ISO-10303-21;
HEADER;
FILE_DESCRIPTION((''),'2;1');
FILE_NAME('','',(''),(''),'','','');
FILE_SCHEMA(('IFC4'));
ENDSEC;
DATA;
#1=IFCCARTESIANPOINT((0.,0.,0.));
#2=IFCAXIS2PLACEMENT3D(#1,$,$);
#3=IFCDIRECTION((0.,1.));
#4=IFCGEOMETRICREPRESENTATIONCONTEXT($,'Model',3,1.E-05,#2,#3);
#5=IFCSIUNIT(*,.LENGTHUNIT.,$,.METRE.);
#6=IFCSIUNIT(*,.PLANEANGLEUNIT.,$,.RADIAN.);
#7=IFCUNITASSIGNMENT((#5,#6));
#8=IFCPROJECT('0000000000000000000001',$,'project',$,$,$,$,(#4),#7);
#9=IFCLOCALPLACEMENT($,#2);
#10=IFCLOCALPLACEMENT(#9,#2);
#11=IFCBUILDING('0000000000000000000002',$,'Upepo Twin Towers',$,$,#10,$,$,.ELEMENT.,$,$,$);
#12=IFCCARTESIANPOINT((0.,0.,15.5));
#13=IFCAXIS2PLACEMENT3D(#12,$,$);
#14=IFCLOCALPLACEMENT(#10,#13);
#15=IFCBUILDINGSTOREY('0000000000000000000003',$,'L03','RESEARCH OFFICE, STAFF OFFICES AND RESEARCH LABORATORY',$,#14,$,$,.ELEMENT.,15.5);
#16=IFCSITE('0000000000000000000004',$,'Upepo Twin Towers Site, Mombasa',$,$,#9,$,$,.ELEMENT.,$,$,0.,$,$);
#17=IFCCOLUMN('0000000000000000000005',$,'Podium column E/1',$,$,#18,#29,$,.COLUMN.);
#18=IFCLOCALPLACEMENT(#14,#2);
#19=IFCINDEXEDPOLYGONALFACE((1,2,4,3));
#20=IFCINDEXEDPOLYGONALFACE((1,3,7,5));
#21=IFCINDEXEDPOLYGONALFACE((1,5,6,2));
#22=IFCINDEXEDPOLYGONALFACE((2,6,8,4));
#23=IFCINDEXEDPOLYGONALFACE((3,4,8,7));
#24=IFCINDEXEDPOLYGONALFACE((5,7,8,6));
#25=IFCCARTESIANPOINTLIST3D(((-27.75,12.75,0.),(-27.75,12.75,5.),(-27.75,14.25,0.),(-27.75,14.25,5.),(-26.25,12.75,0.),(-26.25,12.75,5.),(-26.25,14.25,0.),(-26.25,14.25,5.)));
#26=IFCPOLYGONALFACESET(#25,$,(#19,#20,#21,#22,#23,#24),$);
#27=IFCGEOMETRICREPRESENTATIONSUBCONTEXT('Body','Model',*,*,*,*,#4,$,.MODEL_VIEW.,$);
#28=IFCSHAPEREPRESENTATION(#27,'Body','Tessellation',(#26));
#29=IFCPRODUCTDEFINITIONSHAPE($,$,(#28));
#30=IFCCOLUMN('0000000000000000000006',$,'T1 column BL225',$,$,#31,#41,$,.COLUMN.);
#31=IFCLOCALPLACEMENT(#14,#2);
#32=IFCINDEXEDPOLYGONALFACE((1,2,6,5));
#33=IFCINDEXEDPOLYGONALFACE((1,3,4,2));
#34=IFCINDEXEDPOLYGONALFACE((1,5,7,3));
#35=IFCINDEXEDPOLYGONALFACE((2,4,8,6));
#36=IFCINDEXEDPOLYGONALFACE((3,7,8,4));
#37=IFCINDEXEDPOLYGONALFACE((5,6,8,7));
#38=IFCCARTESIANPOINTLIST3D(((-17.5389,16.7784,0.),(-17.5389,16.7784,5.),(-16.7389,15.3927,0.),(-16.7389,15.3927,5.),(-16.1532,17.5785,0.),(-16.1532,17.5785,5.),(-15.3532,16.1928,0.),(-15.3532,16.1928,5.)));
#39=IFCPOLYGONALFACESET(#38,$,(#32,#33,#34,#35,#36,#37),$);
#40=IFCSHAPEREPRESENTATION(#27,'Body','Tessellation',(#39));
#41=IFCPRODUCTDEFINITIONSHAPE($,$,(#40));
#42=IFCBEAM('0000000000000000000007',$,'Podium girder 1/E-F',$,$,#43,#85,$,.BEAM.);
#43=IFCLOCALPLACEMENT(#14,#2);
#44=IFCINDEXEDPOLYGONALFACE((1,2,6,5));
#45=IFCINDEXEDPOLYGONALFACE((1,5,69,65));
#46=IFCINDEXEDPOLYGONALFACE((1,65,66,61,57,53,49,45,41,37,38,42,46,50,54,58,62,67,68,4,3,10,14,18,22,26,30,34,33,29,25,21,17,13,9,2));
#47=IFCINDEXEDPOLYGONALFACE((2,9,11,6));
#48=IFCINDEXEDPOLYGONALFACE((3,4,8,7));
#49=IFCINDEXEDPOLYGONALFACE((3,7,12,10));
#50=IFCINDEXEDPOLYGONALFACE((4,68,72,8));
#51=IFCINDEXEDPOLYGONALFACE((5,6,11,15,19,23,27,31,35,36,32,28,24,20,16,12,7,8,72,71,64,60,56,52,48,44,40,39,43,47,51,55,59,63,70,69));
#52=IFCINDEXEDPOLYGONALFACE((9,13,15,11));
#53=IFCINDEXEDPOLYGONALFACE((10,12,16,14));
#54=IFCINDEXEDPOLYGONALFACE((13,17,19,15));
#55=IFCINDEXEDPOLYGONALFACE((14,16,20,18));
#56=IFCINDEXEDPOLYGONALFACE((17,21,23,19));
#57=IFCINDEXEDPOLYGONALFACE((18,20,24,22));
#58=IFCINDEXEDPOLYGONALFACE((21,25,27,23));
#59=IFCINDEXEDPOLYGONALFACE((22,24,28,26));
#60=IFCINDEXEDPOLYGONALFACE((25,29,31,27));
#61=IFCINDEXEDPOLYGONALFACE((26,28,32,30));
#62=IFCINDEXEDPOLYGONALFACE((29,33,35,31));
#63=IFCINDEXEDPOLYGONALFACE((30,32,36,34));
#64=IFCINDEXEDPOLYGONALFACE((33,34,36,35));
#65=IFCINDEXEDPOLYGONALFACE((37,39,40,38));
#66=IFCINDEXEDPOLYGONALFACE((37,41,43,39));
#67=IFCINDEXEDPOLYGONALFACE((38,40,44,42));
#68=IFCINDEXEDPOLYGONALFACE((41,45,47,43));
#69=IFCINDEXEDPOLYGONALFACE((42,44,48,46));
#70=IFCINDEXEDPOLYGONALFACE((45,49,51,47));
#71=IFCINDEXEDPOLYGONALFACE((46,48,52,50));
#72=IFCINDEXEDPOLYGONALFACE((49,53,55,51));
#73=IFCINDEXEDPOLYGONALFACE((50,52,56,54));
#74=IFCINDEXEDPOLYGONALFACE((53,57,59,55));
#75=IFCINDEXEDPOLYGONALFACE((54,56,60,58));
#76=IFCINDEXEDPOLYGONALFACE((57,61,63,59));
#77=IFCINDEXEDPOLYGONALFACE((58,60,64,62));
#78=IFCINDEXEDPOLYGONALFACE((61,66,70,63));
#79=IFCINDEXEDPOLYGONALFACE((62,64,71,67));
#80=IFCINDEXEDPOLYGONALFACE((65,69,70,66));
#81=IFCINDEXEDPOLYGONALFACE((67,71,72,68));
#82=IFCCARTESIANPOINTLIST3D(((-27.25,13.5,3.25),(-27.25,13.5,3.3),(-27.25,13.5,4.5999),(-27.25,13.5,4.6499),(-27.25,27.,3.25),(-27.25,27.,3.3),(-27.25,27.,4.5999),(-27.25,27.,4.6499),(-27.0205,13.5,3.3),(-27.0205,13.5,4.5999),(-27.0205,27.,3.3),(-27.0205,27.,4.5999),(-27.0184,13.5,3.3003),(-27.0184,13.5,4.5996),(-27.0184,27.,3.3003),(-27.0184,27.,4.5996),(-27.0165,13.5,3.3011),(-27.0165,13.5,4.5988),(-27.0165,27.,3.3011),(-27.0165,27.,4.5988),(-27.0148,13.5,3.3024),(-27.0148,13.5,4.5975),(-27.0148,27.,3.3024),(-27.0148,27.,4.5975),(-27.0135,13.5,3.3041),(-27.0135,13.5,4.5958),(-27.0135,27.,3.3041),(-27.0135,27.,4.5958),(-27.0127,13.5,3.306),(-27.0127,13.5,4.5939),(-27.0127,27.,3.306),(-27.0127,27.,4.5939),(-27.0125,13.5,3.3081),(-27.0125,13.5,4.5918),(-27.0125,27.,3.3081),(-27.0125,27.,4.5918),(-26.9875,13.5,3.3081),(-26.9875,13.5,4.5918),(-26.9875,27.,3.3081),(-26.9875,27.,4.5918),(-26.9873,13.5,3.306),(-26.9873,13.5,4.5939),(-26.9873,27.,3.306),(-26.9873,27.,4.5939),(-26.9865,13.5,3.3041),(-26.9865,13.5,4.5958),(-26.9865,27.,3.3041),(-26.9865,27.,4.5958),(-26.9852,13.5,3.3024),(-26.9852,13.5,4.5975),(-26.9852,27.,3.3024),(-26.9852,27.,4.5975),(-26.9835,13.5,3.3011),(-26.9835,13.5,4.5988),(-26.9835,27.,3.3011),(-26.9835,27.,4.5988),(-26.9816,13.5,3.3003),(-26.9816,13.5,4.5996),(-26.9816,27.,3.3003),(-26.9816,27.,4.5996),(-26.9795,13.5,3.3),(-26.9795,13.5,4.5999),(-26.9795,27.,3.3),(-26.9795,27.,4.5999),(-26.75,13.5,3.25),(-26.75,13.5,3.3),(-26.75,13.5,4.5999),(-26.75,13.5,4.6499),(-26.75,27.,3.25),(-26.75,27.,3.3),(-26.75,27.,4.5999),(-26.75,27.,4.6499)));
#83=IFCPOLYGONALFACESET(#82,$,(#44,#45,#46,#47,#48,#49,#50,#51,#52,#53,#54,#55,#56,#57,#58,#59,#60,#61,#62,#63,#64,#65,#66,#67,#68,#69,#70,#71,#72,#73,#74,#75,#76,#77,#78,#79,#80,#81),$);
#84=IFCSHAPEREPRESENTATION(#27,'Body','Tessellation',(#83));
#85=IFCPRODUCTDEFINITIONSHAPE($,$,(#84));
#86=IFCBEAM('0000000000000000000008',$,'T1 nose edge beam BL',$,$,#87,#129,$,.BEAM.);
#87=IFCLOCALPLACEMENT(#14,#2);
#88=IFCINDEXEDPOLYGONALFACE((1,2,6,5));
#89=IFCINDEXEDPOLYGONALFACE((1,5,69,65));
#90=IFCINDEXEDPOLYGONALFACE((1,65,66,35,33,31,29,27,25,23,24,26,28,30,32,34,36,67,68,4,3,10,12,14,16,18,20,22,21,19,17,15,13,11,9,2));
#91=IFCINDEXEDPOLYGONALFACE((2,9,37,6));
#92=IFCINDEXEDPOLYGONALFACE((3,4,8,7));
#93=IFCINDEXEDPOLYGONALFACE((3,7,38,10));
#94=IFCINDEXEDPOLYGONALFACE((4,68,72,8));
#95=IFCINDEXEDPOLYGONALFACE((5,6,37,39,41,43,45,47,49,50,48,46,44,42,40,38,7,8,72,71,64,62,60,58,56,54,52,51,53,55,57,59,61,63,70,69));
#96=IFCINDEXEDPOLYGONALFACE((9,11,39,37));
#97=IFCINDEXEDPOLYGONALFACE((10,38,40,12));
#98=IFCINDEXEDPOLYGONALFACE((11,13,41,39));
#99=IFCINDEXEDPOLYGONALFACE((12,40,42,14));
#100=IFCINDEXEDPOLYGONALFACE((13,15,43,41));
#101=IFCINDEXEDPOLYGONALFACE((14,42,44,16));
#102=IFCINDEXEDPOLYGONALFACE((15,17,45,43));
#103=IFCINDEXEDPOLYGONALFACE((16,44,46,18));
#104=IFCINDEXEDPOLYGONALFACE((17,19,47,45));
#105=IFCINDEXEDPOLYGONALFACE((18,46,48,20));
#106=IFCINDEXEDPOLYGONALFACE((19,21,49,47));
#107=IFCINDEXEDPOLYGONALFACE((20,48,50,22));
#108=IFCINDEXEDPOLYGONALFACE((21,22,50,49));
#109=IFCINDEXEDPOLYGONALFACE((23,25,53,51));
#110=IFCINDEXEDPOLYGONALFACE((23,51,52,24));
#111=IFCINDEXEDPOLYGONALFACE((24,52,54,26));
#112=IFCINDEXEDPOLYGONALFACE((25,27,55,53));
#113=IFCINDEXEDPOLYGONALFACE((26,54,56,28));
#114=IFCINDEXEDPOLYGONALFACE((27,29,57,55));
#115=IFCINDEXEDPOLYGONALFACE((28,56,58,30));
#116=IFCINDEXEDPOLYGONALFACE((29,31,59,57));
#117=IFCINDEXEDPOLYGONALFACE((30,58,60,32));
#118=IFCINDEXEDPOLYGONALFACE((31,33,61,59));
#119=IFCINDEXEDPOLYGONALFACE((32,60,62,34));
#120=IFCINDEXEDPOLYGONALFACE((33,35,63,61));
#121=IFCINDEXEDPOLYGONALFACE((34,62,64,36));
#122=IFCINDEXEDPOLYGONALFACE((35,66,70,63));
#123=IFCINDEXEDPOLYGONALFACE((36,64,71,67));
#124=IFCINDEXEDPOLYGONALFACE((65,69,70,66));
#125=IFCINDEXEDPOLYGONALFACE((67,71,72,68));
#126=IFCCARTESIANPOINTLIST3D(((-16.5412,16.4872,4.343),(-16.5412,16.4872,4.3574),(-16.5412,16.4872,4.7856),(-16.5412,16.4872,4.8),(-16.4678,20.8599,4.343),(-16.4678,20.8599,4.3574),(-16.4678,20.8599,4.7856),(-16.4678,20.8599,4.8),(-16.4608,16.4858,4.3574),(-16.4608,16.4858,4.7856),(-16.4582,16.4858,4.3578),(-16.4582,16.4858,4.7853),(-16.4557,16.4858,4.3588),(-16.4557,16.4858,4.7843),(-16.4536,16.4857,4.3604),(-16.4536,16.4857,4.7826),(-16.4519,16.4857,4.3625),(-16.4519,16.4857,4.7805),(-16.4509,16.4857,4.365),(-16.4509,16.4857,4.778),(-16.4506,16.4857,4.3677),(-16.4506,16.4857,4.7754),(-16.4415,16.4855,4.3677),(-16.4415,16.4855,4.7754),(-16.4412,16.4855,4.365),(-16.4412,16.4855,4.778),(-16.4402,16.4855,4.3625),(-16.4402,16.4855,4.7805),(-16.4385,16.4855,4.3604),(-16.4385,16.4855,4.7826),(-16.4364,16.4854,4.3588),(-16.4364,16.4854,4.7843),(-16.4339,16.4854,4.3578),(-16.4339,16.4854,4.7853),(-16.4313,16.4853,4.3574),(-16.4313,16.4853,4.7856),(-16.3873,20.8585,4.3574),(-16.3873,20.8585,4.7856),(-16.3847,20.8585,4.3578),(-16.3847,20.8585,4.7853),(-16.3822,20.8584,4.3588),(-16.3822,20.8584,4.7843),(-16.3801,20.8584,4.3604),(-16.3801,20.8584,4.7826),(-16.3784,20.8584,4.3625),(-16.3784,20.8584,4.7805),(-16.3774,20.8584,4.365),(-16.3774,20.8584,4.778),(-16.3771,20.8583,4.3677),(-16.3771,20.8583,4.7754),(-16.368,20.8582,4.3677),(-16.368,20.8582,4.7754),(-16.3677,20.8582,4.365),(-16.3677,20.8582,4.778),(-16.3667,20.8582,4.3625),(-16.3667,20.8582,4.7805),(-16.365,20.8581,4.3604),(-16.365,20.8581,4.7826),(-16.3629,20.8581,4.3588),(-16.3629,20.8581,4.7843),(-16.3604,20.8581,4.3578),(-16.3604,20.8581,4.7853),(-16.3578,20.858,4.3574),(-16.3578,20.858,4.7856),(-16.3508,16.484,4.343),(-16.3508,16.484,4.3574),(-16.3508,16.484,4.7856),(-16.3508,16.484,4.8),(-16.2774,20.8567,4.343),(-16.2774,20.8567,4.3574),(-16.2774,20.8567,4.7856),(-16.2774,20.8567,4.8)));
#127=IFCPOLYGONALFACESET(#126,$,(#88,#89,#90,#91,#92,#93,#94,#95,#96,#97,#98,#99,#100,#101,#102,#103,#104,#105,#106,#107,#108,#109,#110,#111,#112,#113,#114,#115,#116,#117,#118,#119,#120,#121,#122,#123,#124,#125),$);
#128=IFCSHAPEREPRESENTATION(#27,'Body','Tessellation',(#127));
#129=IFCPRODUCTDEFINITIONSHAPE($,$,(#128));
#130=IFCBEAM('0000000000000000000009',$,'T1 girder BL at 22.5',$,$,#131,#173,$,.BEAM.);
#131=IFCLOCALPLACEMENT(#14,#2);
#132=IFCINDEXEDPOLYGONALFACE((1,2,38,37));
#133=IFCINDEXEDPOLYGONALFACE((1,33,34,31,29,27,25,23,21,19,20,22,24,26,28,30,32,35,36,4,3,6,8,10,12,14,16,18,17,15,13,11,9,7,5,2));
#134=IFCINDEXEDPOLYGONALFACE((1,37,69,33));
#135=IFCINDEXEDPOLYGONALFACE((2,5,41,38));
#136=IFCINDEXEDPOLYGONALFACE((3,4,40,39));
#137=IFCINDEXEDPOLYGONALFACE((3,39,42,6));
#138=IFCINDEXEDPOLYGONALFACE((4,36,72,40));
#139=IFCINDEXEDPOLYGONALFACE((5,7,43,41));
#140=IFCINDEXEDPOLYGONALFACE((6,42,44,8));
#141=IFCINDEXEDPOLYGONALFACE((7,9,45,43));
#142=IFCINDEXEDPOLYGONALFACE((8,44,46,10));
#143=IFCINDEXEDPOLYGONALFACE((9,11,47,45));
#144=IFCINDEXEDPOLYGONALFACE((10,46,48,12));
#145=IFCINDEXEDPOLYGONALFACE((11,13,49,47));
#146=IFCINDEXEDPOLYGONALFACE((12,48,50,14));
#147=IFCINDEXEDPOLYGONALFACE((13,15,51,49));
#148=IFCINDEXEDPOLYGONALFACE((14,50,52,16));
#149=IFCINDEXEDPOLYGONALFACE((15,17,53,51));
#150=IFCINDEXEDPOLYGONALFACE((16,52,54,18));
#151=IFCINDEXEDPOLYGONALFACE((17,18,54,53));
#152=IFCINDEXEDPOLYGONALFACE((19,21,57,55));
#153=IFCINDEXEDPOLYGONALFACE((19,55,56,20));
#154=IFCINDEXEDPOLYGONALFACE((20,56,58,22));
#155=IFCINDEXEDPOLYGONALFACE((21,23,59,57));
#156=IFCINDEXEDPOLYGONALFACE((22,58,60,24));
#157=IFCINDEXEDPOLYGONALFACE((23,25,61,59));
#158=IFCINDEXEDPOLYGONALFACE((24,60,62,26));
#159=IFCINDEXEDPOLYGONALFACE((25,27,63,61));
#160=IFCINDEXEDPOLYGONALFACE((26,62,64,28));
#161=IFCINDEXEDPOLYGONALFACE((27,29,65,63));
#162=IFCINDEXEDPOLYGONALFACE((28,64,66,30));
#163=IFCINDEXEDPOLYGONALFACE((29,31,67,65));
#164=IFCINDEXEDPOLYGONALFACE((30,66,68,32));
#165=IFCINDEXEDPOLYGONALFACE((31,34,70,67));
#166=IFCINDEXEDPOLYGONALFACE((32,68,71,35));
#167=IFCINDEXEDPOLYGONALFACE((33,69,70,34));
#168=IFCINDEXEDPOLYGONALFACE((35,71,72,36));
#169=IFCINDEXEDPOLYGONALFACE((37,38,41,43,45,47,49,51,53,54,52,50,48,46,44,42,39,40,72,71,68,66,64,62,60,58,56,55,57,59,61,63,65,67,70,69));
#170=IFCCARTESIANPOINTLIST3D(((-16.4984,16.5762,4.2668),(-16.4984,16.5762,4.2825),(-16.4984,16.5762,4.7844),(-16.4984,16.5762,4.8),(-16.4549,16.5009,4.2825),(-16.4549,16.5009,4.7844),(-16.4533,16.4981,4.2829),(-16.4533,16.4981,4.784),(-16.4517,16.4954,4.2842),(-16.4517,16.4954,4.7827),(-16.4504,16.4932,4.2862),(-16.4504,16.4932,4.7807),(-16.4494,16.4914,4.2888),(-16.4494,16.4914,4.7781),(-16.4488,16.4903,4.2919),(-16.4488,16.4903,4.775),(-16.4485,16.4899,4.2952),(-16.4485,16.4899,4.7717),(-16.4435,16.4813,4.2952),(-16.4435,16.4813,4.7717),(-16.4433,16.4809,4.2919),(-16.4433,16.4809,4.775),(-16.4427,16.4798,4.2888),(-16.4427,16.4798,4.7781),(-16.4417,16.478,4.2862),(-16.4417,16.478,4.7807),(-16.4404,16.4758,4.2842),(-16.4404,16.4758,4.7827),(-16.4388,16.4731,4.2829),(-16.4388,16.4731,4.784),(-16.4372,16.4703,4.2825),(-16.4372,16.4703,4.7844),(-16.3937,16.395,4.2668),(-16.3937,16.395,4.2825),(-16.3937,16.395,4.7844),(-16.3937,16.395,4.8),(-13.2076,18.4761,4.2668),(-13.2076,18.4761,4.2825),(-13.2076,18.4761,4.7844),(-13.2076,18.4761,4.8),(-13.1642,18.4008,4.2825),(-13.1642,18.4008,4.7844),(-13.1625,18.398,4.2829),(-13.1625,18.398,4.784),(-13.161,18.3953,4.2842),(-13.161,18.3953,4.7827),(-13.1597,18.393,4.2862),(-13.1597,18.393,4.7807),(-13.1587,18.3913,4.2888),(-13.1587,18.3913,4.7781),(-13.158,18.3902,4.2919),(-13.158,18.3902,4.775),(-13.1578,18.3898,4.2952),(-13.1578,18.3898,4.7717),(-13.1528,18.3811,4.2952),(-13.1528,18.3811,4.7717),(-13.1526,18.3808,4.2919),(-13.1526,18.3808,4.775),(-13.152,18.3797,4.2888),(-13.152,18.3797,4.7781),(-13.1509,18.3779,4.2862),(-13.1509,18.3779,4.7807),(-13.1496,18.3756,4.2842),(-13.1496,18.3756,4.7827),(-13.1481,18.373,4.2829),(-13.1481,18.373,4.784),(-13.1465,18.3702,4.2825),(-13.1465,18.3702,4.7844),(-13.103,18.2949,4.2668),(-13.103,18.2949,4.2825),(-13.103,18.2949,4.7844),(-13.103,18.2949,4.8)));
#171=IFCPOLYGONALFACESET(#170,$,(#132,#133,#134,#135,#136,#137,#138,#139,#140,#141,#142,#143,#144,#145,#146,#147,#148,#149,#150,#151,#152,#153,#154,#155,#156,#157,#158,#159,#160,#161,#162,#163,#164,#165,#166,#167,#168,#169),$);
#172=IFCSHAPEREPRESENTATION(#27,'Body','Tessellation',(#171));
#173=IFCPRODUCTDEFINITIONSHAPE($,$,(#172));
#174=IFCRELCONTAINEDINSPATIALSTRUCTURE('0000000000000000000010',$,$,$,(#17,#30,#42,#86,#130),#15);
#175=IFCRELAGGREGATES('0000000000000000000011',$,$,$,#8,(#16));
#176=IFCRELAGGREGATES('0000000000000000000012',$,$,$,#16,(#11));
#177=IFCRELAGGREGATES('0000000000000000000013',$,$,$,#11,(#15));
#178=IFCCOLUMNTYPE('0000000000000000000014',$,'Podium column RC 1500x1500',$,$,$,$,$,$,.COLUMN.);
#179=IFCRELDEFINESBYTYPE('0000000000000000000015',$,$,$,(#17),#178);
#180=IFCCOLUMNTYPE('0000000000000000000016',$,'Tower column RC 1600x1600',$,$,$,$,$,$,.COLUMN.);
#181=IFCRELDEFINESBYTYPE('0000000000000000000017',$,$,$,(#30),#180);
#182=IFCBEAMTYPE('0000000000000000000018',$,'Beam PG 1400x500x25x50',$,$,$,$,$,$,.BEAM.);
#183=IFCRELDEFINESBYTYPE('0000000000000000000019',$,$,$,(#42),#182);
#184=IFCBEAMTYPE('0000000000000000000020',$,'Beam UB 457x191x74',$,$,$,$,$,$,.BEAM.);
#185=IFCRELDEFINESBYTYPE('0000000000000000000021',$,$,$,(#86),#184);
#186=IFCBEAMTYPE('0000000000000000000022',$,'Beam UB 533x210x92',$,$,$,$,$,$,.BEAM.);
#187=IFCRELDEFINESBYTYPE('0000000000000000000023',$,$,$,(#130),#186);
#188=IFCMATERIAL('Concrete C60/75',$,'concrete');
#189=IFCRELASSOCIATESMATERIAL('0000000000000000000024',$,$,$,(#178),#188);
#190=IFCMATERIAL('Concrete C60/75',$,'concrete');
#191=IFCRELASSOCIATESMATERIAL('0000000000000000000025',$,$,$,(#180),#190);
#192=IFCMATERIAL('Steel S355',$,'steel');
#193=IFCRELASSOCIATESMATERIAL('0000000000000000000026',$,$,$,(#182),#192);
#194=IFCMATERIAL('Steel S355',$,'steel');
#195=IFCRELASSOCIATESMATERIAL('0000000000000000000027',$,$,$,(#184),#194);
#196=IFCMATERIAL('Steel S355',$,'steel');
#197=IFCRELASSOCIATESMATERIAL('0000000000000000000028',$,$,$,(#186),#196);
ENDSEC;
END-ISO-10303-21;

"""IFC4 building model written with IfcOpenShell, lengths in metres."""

from ifc_helpers import new_model, si_unit, direction, frame, origin, origin_2d, place, context, subcontext, project, spatial, rectangle, i_section, extrude, material, material_profile, profile_set, type_object, element, save


model = new_model("IFC4")

# Units and contexts
model_context = context("Model", 3, precision=1e-05, world=origin(), true_north=direction((0.0, 1.0)))
body_context = subcontext(model_context, "Body", "Model", "MODEL_VIEW")
ifc_project = project(units=[si_unit("LENGTHUNIT", "METRE"), si_unit("PLANEANGLEUNIT", "RADIAN")], contexts=[model_context])

# Site, building, storey
site_placement = place(None, origin())
site = spatial("IfcSite", under=ifc_project, at=site_placement, Name="Upepo Twin Towers Site, Mombasa", CompositionType="ELEMENT", RefElevation=0.0)
building_placement = place(site_placement, origin())
building = spatial("IfcBuilding", under=site, at=building_placement, Name="Upepo Twin Towers", CompositionType="ELEMENT")
storey_placement = place(building_placement, frame((0.0, 0.0, 15.5)))
storey = spatial("IfcBuildingStorey", under=building, at=storey_placement, Name="L03", Description="RESEARCH OFFICE, STAFF OFFICES AND RESEARCH LABORATORY", CompositionType="ELEMENT", Elevation=15.5)

# Columns
ifc_material_1 = material(Name="Concrete C60/75", Category="concrete")
ifc_material_profile_1 = material_profile(ifc_material_1, rectangle(XDim=1.5, YDim=1.5, at=origin_2d()), Name="RC 1500x1500")
ifc_profile_set_1 = profile_set([ifc_material_profile_1], Name="Concrete C60/75")
column_type_1 = type_object("IfcColumnType", Name="Podium column RC 1500x1500", PredefinedType="COLUMN", material=ifc_profile_set_1)
column_1_placement = place(storey_placement, frame((-27.0, 13.5, 0.0), z_axis=(0.0, 0.0, 1.0), x_axis=(1.0, 0.0, 0.0)))
element("IfcColumn", 1, at=column_1_placement, inside=storey, type_object=column_type_1, Name="Podium column E/1", PredefinedType="COLUMN", context=body_context, shape_type="SweptSolid", body=[
    extrude(rectangle(XDim=1.5, YDim=1.5, at=origin_2d()), origin(), (0.0, 0.0, 1.0), 5.0),
])
ifc_material_2 = material(Name="Concrete C60/75", Category="concrete")
ifc_material_profile_2 = material_profile(ifc_material_2, rectangle(XDim=1.6001, YDim=1.6001, at=origin_2d()), Name="RC 1600x1600")
ifc_profile_set_2 = profile_set([ifc_material_profile_2], Name="Concrete C60/75")
column_type_2 = type_object("IfcColumnType", Name="Tower column RC 1600x1600", PredefinedType="COLUMN", material=ifc_profile_set_2)
column_2_placement = place(storey_placement, frame((-16.446, 16.4856, 0.0), z_axis=(0.0, 0.0, 1.0), x_axis=(0.866025, 0.5, 0.0)))
element("IfcColumn", 2, at=column_2_placement, inside=storey, type_object=column_type_2, Name="T1 column BL225", PredefinedType="COLUMN", context=body_context, shape_type="SweptSolid", body=[
    extrude(rectangle(XDim=1.6001, YDim=1.6001, at=origin_2d()), origin(), (0.0, 0.0, 1.0), 5.0),
])

# Beams
ifc_material_3 = material(Name="Steel S355", Category="steel")
ifc_material_profile_3 = material_profile(ifc_material_3, i_section(OverallWidth=0.5, OverallDepth=1.3999, WebThickness=0.0249, FlangeThickness=0.05, FilletRadius=0.0081, at=origin_2d()), Name="PG 1400x500x25x50")
ifc_profile_set_3 = profile_set([ifc_material_profile_3], Name="Steel S355")
beam_type_1 = type_object("IfcBeamType", Name="Beam PG 1400x500x25x50", PredefinedType="BEAM", material=ifc_profile_set_3)
beam_1_placement = place(storey_placement, frame((-27.0, 13.5, 3.95), z_axis=(0.0, 1.0, 0.0), x_axis=(-1.0, 0.0, 0.0)))
element("IfcBeam", 3, at=beam_1_placement, inside=storey, type_object=beam_type_1, Name="Podium girder 1/E-F", PredefinedType="BEAM", context=body_context, shape_type="SweptSolid", body=[
    extrude(i_section(OverallWidth=0.5, OverallDepth=1.3999, WebThickness=0.0249, FlangeThickness=0.05, FilletRadius=0.0081, at=origin_2d()), origin(), (0.0, 0.0, 1.0), 13.5),
])
ifc_material_4 = material(Name="Steel S355", Category="steel")
ifc_material_profile_4 = material_profile(ifc_material_4, i_section(OverallWidth=0.1904, OverallDepth=0.457, WebThickness=0.009, FlangeThickness=0.0144, FilletRadius=0.0103, at=origin_2d()), Name="UB 457x191x74")
ifc_profile_set_4 = profile_set([ifc_material_profile_4], Name="Steel S355")
beam_type_2 = type_object("IfcBeamType", Name="Beam UB 457x191x74", PredefinedType="BEAM", material=ifc_profile_set_4)
beam_2_placement = place(storey_placement, frame((-16.446, 16.4856, 4.5715), z_axis=(0.016804, 0.999859, 0.0), x_axis=(-0.999859, 0.016804, 0.0)))
element("IfcBeam", 4, at=beam_2_placement, inside=storey, type_object=beam_type_2, Name="T1 nose edge beam BL", PredefinedType="BEAM", context=body_context, shape_type="SweptSolid", body=[
    extrude(i_section(OverallWidth=0.1904, OverallDepth=0.457, WebThickness=0.009, FlangeThickness=0.0144, FilletRadius=0.0103, at=origin_2d()), origin(), (0.0, 0.0, 1.0), 4.3733),
])
ifc_material_5 = material(Name="Steel S355", Category="steel")
ifc_material_profile_5 = material_profile(ifc_material_5, i_section(OverallWidth=0.2092, OverallDepth=0.5332, WebThickness=0.01, FlangeThickness=0.0156, FilletRadius=0.0127, at=origin_2d()), Name="UB 533x210x92")
ifc_profile_set_5 = profile_set([ifc_material_profile_5], Name="Steel S355")
beam_type_3 = type_object("IfcBeamType", Name="Beam UB 533x210x92", PredefinedType="BEAM", material=ifc_profile_set_5)
beam_3_placement = place(storey_placement, frame((-16.446, 16.4856, 4.5334), z_axis=(0.866028, 0.499995, 0.0), x_axis=(-0.499995, 0.866028, 0.0)))
element("IfcBeam", 5, at=beam_3_placement, inside=storey, type_object=beam_type_3, Name="T1 girder BL at 22.5", PredefinedType="BEAM", context=body_context, shape_type="SweptSolid", body=[
    extrude(i_section(OverallWidth=0.2092, OverallDepth=0.5332, WebThickness=0.01, FlangeThickness=0.0156, FilletRadius=0.0127, at=origin_2d()), origin(), (0.0, 0.0, 1.0), 3.7998),
])

save(model, "model.ifc")
